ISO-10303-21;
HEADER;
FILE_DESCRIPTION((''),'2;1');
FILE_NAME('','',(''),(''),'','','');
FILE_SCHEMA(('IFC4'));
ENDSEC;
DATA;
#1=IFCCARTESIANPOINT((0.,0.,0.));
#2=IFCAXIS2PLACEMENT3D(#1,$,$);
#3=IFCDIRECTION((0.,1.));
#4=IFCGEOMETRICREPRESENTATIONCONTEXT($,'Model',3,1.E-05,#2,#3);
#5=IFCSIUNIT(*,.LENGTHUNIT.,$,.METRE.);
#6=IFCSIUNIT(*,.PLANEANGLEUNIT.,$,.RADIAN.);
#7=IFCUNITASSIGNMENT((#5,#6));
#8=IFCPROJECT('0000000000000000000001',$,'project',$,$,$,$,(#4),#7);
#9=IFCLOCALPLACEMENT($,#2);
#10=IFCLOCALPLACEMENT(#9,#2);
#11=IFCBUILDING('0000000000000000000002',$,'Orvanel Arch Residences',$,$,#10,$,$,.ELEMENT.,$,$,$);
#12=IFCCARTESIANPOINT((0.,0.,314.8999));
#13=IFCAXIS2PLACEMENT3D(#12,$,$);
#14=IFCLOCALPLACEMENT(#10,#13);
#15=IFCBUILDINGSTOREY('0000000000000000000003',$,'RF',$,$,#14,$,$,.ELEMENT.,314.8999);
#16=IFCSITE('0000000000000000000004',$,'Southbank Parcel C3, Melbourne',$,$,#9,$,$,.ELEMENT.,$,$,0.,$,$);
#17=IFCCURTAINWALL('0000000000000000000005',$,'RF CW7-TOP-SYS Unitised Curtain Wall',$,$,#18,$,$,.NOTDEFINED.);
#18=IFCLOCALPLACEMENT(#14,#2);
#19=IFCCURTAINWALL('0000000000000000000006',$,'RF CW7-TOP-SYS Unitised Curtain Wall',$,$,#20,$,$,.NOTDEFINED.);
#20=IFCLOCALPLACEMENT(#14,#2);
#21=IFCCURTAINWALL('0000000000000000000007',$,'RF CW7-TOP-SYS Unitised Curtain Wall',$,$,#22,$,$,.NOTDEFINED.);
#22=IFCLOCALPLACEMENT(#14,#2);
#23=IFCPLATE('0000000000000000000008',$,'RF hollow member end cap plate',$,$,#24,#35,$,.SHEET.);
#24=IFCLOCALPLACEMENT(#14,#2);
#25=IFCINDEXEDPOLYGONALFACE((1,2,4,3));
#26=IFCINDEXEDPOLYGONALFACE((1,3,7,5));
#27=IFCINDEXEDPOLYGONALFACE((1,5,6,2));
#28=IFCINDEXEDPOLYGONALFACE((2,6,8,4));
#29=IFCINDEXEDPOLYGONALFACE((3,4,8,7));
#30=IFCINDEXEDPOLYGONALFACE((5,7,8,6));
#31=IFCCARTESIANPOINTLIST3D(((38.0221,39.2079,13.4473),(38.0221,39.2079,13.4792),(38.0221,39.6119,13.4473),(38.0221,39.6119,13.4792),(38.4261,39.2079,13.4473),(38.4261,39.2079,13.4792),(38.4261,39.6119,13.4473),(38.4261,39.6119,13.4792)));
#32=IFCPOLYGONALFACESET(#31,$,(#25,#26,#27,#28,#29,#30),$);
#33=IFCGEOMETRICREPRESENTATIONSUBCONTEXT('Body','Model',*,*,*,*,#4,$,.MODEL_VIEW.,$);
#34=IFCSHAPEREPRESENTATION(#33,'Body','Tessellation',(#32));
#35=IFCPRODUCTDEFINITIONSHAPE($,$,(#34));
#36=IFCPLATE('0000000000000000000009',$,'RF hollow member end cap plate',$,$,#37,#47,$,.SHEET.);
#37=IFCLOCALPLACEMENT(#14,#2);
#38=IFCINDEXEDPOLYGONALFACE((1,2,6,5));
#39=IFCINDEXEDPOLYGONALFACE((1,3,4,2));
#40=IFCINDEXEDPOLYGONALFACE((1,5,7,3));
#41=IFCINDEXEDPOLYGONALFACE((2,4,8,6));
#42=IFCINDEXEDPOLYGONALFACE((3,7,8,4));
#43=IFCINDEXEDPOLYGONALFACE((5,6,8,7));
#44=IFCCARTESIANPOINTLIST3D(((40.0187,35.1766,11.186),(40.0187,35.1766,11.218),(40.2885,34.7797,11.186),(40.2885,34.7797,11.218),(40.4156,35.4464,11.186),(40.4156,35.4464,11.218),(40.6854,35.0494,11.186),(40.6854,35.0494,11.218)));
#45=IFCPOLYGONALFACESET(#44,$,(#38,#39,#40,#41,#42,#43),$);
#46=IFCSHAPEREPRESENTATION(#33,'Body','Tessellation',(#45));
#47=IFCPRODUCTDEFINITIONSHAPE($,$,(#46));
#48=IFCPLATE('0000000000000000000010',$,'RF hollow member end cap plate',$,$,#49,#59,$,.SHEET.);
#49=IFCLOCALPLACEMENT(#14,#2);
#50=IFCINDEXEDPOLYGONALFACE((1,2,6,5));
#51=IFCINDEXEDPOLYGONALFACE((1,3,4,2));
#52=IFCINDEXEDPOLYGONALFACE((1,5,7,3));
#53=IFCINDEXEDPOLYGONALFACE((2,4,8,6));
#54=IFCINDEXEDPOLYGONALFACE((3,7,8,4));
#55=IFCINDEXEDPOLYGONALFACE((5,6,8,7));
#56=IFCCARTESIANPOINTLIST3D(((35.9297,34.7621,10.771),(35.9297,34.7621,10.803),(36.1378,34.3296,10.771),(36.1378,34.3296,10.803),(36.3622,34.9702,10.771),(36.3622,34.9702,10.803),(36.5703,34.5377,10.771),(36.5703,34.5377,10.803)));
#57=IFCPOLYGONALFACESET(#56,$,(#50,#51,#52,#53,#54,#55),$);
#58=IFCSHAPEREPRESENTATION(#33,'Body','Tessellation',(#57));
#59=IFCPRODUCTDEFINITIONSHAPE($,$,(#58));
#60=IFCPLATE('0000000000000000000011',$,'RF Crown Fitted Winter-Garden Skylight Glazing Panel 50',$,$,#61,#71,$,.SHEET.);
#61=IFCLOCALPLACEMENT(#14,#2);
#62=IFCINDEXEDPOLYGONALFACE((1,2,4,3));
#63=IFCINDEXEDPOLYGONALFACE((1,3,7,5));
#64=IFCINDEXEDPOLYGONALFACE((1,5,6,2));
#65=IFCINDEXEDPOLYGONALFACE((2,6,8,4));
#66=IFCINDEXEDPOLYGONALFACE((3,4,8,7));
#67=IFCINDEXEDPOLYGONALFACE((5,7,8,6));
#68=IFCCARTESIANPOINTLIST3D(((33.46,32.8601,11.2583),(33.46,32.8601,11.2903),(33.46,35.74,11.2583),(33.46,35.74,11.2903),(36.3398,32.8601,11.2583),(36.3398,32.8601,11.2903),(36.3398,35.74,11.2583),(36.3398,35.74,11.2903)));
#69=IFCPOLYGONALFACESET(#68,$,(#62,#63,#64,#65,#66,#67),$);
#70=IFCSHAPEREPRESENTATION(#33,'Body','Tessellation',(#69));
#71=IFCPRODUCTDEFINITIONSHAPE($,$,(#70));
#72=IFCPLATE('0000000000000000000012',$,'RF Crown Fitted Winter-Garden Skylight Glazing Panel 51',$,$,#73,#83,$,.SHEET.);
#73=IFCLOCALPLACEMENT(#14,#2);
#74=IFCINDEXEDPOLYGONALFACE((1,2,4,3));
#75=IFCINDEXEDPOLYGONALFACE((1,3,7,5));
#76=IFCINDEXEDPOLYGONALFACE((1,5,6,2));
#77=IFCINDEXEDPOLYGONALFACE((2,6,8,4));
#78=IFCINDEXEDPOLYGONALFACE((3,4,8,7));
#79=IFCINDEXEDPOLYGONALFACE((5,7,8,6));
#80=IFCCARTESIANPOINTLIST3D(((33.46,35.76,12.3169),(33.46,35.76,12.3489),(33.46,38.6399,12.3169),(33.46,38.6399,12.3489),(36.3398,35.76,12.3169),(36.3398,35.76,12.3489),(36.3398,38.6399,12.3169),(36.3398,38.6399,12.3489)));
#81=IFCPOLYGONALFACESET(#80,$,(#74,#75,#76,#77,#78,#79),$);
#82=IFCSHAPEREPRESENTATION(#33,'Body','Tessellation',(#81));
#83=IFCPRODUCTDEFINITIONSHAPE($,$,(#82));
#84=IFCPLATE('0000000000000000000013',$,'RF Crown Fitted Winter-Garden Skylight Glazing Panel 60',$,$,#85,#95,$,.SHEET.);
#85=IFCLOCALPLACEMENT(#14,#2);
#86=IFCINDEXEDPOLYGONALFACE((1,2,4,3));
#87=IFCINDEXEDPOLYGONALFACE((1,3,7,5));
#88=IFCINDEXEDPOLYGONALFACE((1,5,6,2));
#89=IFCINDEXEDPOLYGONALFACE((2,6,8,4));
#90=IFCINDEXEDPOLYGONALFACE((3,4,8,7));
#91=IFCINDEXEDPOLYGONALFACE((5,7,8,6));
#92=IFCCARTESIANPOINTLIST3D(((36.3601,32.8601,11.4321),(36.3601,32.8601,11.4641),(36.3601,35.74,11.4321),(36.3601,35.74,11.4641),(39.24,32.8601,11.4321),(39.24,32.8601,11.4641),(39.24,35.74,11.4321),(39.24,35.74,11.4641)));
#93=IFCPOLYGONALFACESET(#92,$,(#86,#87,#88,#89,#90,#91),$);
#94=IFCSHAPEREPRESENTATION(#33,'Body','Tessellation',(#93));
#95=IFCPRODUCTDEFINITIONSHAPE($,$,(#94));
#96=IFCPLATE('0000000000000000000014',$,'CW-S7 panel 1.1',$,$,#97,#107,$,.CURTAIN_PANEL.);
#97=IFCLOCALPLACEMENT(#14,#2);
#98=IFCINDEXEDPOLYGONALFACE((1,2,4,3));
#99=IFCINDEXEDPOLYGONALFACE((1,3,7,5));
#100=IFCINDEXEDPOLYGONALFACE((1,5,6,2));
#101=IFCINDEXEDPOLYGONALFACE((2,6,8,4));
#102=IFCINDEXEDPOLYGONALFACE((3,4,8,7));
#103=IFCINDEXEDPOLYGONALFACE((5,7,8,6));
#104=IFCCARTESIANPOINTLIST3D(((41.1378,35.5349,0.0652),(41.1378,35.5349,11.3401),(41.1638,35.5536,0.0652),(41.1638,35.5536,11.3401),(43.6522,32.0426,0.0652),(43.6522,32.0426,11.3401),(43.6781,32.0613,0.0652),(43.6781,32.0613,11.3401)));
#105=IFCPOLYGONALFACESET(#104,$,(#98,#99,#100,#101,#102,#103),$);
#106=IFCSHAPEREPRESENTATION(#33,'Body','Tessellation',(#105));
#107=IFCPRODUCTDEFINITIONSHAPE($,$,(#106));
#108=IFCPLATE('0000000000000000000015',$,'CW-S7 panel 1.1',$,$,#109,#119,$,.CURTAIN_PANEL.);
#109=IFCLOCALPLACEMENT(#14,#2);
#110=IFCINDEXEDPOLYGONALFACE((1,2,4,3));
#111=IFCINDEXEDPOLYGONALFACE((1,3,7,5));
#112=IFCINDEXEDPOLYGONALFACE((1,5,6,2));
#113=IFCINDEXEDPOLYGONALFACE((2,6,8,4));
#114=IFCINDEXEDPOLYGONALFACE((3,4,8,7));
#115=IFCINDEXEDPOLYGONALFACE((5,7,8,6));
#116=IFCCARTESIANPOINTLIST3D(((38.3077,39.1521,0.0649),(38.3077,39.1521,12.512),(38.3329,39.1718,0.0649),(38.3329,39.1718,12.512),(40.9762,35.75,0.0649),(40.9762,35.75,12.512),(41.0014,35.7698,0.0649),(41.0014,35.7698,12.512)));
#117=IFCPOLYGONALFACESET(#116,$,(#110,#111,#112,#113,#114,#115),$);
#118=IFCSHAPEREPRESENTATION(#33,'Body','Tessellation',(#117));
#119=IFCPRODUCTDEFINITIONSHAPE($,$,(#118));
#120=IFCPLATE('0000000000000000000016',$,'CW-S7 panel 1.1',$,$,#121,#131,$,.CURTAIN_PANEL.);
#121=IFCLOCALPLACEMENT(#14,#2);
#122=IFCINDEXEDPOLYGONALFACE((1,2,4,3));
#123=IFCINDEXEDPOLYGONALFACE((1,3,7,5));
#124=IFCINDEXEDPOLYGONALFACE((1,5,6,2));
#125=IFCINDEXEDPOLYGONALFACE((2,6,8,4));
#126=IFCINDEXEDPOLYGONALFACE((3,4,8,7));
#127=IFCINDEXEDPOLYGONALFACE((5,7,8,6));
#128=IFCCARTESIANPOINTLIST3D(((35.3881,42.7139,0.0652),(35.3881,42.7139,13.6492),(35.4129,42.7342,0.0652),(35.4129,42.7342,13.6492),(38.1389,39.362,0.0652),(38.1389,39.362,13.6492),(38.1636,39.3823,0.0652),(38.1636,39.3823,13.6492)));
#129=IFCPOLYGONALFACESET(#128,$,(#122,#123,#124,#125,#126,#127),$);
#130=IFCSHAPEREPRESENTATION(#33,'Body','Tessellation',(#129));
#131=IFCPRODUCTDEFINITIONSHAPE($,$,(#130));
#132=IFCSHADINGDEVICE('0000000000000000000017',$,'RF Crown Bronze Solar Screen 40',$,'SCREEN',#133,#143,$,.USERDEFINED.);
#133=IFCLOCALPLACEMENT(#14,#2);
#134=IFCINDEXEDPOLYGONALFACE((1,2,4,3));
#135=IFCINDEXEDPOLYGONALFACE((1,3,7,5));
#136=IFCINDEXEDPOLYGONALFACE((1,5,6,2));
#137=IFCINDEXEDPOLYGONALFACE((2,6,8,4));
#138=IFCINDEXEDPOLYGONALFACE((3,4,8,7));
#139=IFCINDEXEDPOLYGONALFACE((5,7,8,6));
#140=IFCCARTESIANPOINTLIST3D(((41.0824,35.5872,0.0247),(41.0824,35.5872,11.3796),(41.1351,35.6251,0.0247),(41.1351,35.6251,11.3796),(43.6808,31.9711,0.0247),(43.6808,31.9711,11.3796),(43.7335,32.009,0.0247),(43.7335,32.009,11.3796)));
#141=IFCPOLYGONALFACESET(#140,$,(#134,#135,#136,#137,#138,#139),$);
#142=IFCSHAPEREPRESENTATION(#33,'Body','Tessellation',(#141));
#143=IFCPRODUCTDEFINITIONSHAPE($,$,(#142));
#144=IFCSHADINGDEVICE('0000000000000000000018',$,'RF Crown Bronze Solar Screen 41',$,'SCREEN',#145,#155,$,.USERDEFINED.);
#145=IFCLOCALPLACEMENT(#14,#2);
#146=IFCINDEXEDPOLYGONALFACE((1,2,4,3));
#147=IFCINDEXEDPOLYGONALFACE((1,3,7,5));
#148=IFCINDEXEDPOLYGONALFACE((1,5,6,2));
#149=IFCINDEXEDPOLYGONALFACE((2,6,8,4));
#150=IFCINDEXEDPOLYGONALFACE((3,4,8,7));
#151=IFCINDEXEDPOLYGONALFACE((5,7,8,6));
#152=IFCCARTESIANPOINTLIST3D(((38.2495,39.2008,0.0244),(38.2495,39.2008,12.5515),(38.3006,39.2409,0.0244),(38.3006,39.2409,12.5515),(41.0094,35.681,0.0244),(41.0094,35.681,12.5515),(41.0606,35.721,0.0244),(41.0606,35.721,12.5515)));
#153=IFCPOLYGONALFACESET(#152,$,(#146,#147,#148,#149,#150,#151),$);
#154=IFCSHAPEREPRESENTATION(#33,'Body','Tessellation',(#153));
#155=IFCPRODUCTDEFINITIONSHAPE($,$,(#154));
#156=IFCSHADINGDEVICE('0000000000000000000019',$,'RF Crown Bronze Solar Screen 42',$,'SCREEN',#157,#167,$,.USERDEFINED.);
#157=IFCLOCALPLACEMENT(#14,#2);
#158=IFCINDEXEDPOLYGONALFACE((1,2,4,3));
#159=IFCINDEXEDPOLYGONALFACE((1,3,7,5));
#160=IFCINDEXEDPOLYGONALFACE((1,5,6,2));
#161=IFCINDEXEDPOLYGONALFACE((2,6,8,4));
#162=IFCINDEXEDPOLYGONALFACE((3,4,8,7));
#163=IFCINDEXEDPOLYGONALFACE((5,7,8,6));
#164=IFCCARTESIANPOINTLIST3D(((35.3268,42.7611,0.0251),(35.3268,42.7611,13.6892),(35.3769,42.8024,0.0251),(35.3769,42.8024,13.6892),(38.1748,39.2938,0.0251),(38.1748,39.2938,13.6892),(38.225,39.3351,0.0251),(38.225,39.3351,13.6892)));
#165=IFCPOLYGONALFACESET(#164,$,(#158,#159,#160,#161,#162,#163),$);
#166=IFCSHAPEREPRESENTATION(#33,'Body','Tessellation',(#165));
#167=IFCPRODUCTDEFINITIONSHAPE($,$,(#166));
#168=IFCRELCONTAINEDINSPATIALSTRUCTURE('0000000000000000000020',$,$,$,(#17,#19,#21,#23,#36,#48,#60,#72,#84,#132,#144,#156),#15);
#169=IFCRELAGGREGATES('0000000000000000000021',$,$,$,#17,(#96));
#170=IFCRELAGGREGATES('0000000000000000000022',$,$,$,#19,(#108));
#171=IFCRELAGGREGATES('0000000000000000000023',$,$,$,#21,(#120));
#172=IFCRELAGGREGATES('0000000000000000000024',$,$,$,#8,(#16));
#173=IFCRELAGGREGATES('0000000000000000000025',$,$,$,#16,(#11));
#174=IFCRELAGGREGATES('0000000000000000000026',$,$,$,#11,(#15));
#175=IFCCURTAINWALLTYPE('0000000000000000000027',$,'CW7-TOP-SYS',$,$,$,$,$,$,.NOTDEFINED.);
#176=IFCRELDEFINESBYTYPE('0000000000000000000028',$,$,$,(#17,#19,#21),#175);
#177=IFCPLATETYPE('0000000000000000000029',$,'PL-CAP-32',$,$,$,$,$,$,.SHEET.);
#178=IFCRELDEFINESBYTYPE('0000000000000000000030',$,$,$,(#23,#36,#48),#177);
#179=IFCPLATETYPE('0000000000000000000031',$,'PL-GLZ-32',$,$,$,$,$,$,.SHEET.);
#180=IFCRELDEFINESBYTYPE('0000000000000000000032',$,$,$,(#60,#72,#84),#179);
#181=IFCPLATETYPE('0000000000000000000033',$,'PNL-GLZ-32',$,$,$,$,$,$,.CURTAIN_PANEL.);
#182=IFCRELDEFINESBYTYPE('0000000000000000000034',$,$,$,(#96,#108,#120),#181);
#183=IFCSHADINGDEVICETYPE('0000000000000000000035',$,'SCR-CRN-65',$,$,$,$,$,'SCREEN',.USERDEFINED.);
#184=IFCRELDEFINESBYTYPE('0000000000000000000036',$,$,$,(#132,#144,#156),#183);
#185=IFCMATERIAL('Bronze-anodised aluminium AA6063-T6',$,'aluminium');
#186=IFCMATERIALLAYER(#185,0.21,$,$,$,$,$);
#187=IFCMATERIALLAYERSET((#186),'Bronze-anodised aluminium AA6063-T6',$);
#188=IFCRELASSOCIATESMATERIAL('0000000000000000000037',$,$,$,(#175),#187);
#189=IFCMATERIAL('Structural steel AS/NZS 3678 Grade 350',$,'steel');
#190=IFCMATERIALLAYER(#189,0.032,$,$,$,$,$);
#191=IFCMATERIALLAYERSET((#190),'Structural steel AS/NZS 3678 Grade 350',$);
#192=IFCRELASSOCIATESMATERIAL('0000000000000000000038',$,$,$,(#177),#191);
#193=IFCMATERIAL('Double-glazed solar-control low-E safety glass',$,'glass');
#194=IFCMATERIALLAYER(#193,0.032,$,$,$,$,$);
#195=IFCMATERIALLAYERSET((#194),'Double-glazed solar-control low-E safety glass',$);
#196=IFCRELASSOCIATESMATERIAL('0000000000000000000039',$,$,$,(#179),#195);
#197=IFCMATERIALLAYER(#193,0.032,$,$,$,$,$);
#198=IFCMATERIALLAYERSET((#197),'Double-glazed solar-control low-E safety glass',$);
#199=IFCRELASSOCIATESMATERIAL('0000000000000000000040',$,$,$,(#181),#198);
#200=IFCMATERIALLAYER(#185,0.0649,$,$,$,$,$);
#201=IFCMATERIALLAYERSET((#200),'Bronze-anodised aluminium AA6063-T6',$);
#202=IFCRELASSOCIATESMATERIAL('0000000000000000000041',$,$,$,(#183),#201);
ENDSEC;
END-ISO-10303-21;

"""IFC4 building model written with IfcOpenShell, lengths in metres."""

from ifc_helpers import new_model, si_unit, direction, frame, origin, origin_2d, place, context, subcontext, project, spatial, rectangle, extrude, material, layer, layer_set, type_object, element, aggregate, save


model = new_model("IFC4")

# Units and contexts
model_context = context("Model", 3, precision=1e-05, world=origin(), true_north=direction((0.0, 1.0)))
body_context = subcontext(model_context, "Body", "Model", "MODEL_VIEW")
ifc_project = project(units=[si_unit("LENGTHUNIT", "METRE"), si_unit("PLANEANGLEUNIT", "RADIAN")], contexts=[model_context])

# Site, building, storey
site_placement = place(None, origin())
site = spatial("IfcSite", under=ifc_project, at=site_placement, Name="Southbank Parcel C3, Melbourne", CompositionType="ELEMENT", RefElevation=0.0)
building_placement = place(site_placement, origin())
building = spatial("IfcBuilding", under=site, at=building_placement, Name="Orvanel Arch Residences", CompositionType="ELEMENT")
storey_placement = place(building_placement, frame((0.0, 0.0, 314.8999)))
storey = spatial("IfcBuildingStorey", under=building, at=storey_placement, Name="RF", CompositionType="ELEMENT", Elevation=314.8999)

# Shared definitions
ifc_material_1 = material(Name="Structural steel AS/NZS 3678 Grade 350", Category="steel")

# Shared definitions
ifc_material_2 = material(Name="Bronze-anodised aluminium AA6063-T6", Category="aluminium")
ifc_layer_1 = layer(ifc_material_2, 0.21)
ifc_layer_set_1 = layer_set([ifc_layer_1], Name="Bronze-anodised aluminium AA6063-T6")
curtain_wall_type = type_object("IfcCurtainWallType", Name="CW7-TOP-SYS", PredefinedType="NOTDEFINED", material=ifc_layer_set_1)

# Curtain walls
curtain_wall_1_placement = place(storey_placement, origin())
curtain_wall_1 = element("IfcCurtainWall", 1, at=curtain_wall_1_placement, inside=storey, type_object=curtain_wall_type, Name="RF CW7-TOP-SYS Unitised Curtain Wall", PredefinedType="NOTDEFINED")
curtain_wall_2_placement = place(storey_placement, origin())
curtain_wall_2 = element("IfcCurtainWall", 2, at=curtain_wall_2_placement, inside=storey, type_object=curtain_wall_type, Name="RF CW7-TOP-SYS Unitised Curtain Wall", PredefinedType="NOTDEFINED")
curtain_wall_3_placement = place(storey_placement, origin())
curtain_wall_3 = element("IfcCurtainWall", 3, at=curtain_wall_3_placement, inside=storey, type_object=curtain_wall_type, Name="RF CW7-TOP-SYS Unitised Curtain Wall", PredefinedType="NOTDEFINED")

# Plates
ifc_layer_2 = layer(ifc_material_1, 0.032)
ifc_layer_set_2 = layer_set([ifc_layer_2], Name="Structural steel AS/NZS 3678 Grade 350")
plate_type_1 = type_object("IfcPlateType", Name="PL-CAP-32", PredefinedType="SHEET", material=ifc_layer_set_2)
for number, where, z_axis, x_axis, name in (
    (4, (38.2241, 39.4099, 13.4473), (0.0, 0.0, 1.0), (1.0, 0.0, 0.0), "RF hollow member end cap plate"),
):
    element("IfcPlate", number, at=place(storey_placement, frame(where, z_axis=z_axis, x_axis=x_axis)), inside=storey, type_object=plate_type_1, Name=name, PredefinedType="SHEET", context=body_context, shape_type="SweptSolid", body=[
        extrude(rectangle(XDim=0.4041, YDim=0.4041, at=origin_2d()), origin(), (0.0, 0.0, 1.0), 0.032),
    ])
for number, where, z_axis, x_axis, name in (
    (5, (40.3521, 35.113, 11.186), (0.0, 0.0, 1.0), (-0.562083, 0.827081, 0.0), "RF hollow member end cap plate"),
    (6, (36.25, 34.6499, 10.771), (0.0, 0.0, 1.0), (-0.433659, 0.901077, 0.0), "RF hollow member end cap plate"),
):
    element("IfcPlate", number, at=place(storey_placement, frame(where, z_axis=z_axis, x_axis=x_axis)), inside=storey, type_object=plate_type_1, Name=name, PredefinedType="SHEET", context=body_context, shape_type="SweptSolid", body=[
        extrude(rectangle(XDim=0.48, YDim=0.48, at=origin_2d()), origin(), (0.0, 0.0, 1.0), 0.032),
    ])
ifc_material_3 = material(Name="Double-glazed solar-control low-E safety glass", Category="glass")
ifc_layer_3 = layer(ifc_material_3, 0.032)
ifc_layer_set_3 = layer_set([ifc_layer_3], Name="Double-glazed solar-control low-E safety glass")
plate_type_2 = type_object("IfcPlateType", Name="PL-GLZ-32", PredefinedType="SHEET", material=ifc_layer_set_3)
for number, where, z_axis, x_axis, name in (
    (7, (34.8999, 34.3, 11.2583), (0.0, 0.0, 1.0), (1.0, 0.0, 0.0), "RF Crown Fitted Winter-Garden Skylight Glazing Panel 50"),
    (8, (34.8999, 37.2, 12.3169), (0.0, 0.0, 1.0), (1.0, 0.0, 0.0), "RF Crown Fitted Winter-Garden Skylight Glazing Panel 51"),
    (9, (37.8, 34.3, 11.4321), (0.0, 0.0, 1.0), (1.0, 0.0, 0.0), "RF Crown Fitted Winter-Garden Skylight Glazing Panel 60"),
):
    element("IfcPlate", number, at=place(storey_placement, frame(where, z_axis=z_axis, x_axis=x_axis)), inside=storey, type_object=plate_type_2, Name=name, PredefinedType="SHEET", context=body_context, shape_type="SweptSolid", body=[
        extrude(rectangle(XDim=2.8799, YDim=2.8799, at=origin_2d()), origin(), (0.0, 0.0, 1.0), 0.032),
    ])

# Plates
ifc_layer_4 = layer(ifc_material_3, 0.032)
ifc_layer_set_4 = layer_set([ifc_layer_4], Name="Double-glazed solar-control low-E safety glass")
plate_type_3 = type_object("IfcPlateType", Name="PNL-GLZ-32", PredefinedType="CURTAIN_PANEL", material=ifc_layer_set_4)
plate_1_placement = place(storey_placement, frame((42.408, 33.7981, 0.0652), z_axis=(0.0, 0.0, 1.0), x_axis=(-0.584293, 0.811543, 0.0)))
plate_1 = element("IfcPlate", 10, at=plate_1_placement, type_object=plate_type_3, Name="CW-S7 panel 1.1", PredefinedType="CURTAIN_PANEL", context=body_context, shape_type="SweptSolid", body=[
    extrude(rectangle(XDim=4.3032, YDim=0.032, at=origin_2d()), origin(), (0.0, 0.0, 1.0), 11.2749),
])
aggregate(curtain_wall_1, [plate_1])
plate_2_placement = place(storey_placement, frame((39.6545, 37.4609, 0.0649), z_axis=(0.0, 0.0, 1.0), x_axis=(-0.61717, 0.78683, 0.0)))
plate_2 = element("IfcPlate", 11, at=plate_2_placement, type_object=plate_type_3, Name="CW-S7 panel 1.1", PredefinedType="CURTAIN_PANEL", context=body_context, shape_type="SweptSolid", body=[
    extrude(rectangle(XDim=4.3237, YDim=0.032, at=origin_2d()), origin(), (0.0, 0.0, 1.0), 12.447),
])
aggregate(curtain_wall_2, [plate_2])
plate_3_placement = place(storey_placement, frame((36.7759, 41.0481, 0.0652), z_axis=(0.0, 0.0, 1.0), x_axis=(-0.634378, 0.773023, 0.0)))
plate_3 = element("IfcPlate", 12, at=plate_3_placement, type_object=plate_type_3, Name="CW-S7 panel 1.1", PredefinedType="CURTAIN_PANEL", context=body_context, shape_type="SweptSolid", body=[
    extrude(rectangle(XDim=4.3362, YDim=0.032, at=origin_2d()), origin(), (0.0, 0.0, 1.0), 13.584),
])
aggregate(curtain_wall_3, [plate_3])

# Shading devices
ifc_layer_5 = layer(ifc_material_2, 0.0649)
ifc_layer_set_5 = layer_set([ifc_layer_5], Name="Bronze-anodised aluminium AA6063-T6")
shading_device_type = type_object("IfcShadingDeviceType", Name="SCR-CRN-65", ElementType="SCREEN", PredefinedType="USERDEFINED", material=ifc_layer_set_5)
shading_device_1_placement = place(storey_placement, frame((42.408, 33.7981, 0.0247), z_axis=(0.0, 0.0, 1.0), x_axis=(-0.583541, 0.812084, 0.0)))
element("IfcShadingDevice", 13, at=shading_device_1_placement, inside=storey, type_object=shading_device_type, Name="RF Crown Bronze Solar Screen 40", ObjectType="SCREEN", PredefinedType="USERDEFINED", context=body_context, shape_type="SweptSolid", body=[
    extrude(rectangle(XDim=4.4529, YDim=0.0649, at=origin_2d()), origin(), (0.0, 0.0, 1.0), 11.355),
])
shading_device_2_placement = place(storey_placement, frame((39.655, 37.4609, 0.0244), z_axis=(0.0, 0.0, 1.0), x_axis=(-0.617036, 0.786935, 0.0)))
element("IfcShadingDevice", 14, at=shading_device_2_placement, inside=storey, type_object=shading_device_type, Name="RF Crown Bronze Solar Screen 41", ObjectType="SCREEN", PredefinedType="USERDEFINED", context=body_context, shape_type="SweptSolid", body=[
    extrude(rectangle(XDim=4.4729, YDim=0.0649, at=origin_2d()), origin(), (0.0, 0.0, 1.0), 12.5271),
])
shading_device_3_placement = place(storey_placement, frame((36.7759, 41.0481, 0.0251), z_axis=(0.0, 0.0, 1.0), x_axis=(-0.634731, 0.772734, 0.0)))
element("IfcShadingDevice", 15, at=shading_device_3_placement, inside=storey, type_object=shading_device_type, Name="RF Crown Bronze Solar Screen 42", ObjectType="SCREEN", PredefinedType="USERDEFINED", context=body_context, shape_type="SweptSolid", body=[
    extrude(rectangle(XDim=4.4871, YDim=0.0649, at=origin_2d()), origin(), (0.0, 0.0, 1.0), 13.6641),
])

save(model, "model.ifc")
